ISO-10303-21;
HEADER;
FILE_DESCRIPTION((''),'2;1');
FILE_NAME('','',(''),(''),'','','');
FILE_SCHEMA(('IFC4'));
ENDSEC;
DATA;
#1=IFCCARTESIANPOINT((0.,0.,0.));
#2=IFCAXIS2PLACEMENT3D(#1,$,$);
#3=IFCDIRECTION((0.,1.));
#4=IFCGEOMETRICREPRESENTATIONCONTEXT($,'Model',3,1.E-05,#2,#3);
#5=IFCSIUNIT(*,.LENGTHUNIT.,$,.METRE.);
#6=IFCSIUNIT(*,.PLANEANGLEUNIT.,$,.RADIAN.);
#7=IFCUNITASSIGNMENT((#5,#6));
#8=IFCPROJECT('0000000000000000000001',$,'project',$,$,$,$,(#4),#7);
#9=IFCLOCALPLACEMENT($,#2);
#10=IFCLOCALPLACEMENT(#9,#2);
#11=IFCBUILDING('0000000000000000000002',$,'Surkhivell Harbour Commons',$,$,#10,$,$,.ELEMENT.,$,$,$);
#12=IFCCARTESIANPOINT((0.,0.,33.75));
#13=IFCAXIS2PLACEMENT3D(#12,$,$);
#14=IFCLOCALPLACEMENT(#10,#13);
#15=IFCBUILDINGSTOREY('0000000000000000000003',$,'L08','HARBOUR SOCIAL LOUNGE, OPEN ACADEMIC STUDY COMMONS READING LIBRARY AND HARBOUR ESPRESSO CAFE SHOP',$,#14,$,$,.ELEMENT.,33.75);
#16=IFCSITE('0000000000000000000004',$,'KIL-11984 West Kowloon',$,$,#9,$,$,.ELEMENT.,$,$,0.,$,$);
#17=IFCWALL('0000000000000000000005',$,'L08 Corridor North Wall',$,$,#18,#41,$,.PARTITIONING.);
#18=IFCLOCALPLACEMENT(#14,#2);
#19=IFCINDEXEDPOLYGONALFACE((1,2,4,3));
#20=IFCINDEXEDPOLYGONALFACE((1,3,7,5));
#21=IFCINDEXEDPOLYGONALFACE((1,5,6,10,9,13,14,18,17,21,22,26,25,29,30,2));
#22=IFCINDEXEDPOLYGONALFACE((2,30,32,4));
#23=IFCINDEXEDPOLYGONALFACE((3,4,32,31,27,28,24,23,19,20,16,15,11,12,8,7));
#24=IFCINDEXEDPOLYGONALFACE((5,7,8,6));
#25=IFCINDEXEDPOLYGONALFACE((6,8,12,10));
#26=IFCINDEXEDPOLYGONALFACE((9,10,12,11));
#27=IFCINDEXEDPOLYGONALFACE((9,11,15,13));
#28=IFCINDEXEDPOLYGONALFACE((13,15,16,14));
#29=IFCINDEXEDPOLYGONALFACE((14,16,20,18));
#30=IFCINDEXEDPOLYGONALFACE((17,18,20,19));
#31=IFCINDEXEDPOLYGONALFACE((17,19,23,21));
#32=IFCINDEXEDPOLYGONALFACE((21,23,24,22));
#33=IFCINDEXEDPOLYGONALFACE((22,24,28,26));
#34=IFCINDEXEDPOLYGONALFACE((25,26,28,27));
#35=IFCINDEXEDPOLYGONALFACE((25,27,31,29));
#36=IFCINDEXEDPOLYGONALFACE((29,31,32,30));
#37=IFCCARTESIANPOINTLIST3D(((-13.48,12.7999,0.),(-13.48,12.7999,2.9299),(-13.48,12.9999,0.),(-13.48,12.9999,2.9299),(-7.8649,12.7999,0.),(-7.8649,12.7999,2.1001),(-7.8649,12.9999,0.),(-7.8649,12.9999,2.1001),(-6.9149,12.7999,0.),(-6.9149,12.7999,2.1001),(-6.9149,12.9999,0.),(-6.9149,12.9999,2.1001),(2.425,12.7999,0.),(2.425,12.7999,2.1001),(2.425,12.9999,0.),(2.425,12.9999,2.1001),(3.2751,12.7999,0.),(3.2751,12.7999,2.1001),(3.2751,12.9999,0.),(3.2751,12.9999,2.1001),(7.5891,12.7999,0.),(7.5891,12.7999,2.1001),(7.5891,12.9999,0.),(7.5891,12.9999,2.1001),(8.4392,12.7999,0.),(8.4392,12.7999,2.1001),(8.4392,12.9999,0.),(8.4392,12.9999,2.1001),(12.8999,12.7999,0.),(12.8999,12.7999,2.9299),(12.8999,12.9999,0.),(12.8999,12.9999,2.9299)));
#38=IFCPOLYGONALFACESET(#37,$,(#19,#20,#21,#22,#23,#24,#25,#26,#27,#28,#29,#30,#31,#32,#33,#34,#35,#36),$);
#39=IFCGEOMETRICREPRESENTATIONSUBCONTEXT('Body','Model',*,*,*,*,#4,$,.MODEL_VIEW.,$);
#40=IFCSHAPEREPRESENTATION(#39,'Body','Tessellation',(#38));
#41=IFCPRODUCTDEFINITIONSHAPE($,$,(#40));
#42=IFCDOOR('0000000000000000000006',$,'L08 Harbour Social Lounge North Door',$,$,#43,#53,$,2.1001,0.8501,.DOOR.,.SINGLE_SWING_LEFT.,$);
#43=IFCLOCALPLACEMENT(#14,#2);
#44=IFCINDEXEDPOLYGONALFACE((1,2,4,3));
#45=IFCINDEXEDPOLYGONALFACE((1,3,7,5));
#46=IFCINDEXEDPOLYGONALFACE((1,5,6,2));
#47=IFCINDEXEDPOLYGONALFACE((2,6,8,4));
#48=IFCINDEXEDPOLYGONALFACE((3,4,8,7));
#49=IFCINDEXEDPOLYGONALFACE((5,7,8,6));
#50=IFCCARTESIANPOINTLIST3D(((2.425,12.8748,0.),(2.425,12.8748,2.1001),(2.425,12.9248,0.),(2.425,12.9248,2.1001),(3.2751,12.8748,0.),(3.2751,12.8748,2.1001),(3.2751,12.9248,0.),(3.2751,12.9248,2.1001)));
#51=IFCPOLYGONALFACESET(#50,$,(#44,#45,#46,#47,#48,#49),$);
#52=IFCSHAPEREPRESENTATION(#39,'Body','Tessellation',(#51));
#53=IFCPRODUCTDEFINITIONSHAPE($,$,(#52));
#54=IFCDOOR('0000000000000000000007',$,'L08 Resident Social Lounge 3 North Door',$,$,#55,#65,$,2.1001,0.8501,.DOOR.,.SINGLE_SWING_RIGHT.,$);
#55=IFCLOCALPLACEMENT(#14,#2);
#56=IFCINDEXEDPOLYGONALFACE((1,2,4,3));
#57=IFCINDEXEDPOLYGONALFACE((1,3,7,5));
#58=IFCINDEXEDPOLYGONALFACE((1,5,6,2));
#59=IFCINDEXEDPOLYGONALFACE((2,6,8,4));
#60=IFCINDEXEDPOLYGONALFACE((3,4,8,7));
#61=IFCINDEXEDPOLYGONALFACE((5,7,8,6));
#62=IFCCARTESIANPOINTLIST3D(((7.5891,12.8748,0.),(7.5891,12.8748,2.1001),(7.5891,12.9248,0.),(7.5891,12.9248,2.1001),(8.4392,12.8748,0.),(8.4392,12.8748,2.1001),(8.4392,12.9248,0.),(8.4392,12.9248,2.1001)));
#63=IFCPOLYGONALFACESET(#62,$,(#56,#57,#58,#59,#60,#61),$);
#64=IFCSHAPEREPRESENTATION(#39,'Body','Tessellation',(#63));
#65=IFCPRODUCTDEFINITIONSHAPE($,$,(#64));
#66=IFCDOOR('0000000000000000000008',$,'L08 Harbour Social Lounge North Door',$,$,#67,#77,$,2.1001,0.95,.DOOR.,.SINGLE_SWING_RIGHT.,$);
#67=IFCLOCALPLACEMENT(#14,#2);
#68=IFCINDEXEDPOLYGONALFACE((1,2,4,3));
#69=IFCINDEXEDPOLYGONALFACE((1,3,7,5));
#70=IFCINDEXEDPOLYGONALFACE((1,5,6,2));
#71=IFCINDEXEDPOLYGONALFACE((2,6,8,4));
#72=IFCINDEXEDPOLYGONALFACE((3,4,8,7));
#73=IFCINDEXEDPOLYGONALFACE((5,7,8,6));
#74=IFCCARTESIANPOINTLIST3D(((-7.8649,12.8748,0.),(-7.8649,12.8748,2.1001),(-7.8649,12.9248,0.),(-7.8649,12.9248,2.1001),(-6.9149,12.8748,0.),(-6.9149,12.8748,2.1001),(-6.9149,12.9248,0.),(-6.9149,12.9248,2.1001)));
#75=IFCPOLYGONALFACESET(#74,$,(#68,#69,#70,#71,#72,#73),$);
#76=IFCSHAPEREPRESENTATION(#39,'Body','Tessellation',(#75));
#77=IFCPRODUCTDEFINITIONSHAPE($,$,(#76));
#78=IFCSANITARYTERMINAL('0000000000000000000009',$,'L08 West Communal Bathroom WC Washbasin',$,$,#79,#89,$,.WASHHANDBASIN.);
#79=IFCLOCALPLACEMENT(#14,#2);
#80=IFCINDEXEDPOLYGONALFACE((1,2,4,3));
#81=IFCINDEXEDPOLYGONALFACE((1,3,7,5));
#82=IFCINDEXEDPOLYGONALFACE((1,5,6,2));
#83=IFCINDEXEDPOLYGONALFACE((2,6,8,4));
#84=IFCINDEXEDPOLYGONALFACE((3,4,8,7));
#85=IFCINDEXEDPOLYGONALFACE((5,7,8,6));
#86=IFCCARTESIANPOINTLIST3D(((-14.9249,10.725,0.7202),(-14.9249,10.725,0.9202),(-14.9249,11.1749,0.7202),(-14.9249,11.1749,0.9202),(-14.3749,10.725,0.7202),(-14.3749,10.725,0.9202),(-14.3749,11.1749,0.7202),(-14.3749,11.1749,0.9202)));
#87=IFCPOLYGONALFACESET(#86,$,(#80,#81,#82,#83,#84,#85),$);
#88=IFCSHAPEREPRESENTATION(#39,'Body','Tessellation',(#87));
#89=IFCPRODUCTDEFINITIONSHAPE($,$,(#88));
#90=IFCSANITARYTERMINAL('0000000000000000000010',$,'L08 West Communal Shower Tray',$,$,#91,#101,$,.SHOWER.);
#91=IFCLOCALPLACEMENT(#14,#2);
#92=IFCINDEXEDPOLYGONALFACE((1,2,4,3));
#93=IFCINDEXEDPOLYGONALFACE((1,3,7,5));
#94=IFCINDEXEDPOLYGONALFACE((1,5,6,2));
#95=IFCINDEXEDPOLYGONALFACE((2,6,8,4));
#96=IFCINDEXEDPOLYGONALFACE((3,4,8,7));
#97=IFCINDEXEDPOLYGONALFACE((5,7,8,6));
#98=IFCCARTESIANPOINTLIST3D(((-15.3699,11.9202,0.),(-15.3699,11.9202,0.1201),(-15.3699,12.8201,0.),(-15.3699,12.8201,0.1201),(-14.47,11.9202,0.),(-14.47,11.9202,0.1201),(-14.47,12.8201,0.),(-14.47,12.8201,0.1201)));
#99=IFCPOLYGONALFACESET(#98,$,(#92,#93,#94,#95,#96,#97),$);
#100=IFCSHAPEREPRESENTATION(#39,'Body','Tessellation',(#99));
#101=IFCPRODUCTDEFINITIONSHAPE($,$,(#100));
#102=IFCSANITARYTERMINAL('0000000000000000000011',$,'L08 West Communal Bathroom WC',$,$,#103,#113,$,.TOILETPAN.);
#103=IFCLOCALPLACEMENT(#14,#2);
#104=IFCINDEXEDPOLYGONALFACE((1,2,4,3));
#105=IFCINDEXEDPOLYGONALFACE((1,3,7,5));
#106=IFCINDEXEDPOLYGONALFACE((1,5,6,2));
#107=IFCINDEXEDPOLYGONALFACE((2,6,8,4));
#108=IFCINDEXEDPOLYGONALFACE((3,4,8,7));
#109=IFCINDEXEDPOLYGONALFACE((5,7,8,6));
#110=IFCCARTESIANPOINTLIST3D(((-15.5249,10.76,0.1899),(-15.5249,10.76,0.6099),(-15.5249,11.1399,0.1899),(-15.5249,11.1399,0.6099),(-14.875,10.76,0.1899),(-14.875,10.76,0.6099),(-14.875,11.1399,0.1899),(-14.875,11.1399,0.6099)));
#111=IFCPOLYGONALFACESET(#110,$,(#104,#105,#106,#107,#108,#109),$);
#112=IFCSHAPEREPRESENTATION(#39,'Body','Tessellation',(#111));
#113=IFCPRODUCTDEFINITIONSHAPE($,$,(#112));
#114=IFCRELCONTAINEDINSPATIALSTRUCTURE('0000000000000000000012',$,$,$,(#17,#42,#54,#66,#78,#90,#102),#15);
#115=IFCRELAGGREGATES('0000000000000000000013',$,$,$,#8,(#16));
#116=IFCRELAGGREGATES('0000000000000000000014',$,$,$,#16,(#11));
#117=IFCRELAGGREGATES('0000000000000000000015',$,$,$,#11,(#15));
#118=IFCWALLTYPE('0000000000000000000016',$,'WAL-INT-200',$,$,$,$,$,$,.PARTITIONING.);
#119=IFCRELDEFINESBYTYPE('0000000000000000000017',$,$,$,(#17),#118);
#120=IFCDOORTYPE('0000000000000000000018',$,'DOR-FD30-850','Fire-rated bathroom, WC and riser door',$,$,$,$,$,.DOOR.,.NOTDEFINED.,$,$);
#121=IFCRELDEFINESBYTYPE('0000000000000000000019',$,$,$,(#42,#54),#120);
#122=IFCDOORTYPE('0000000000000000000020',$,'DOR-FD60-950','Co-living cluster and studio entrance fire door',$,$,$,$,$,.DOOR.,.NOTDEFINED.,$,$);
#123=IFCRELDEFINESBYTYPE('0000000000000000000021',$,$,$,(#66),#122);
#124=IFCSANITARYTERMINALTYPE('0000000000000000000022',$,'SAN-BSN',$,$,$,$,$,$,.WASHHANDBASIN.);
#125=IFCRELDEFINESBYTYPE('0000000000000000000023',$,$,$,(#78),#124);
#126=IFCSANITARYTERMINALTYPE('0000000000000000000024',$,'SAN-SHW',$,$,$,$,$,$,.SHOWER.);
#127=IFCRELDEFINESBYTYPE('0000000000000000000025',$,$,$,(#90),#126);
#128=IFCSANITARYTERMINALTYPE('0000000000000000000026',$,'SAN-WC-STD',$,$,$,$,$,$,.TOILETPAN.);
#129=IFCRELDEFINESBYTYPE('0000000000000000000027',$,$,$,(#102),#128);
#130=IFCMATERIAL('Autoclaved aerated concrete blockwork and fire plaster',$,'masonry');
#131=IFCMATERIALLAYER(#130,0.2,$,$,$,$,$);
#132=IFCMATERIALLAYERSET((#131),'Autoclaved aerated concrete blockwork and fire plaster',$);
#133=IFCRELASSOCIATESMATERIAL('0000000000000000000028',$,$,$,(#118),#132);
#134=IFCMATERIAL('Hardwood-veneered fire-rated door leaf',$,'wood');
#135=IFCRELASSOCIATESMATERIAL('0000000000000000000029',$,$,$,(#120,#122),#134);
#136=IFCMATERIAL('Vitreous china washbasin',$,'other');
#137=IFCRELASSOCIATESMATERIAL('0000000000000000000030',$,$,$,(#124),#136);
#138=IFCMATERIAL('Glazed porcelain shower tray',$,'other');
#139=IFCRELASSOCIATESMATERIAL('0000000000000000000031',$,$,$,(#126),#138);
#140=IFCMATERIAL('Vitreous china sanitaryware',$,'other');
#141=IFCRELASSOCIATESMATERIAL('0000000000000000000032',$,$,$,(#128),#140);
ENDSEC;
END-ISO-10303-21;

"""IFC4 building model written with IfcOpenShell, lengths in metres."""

from ifc_helpers import new_model, si_unit, direction, frame, frame_2d, origin, origin_2d, place, context, subcontext, project, spatial, rectangle, extrude, material, layer, layer_set, type_object, element, fill, save


model = new_model("IFC4")

# Units and contexts
model_context = context("Model", 3, precision=1e-05, world=origin(), true_north=direction((0.0, 1.0)))
body_context = subcontext(model_context, "Body", "Model", "MODEL_VIEW")
ifc_project = project(units=[si_unit("LENGTHUNIT", "METRE"), si_unit("PLANEANGLEUNIT", "RADIAN")], contexts=[model_context])

# Site, building, storey
site_placement = place(None, origin())
site = spatial("IfcSite", under=ifc_project, at=site_placement, Name="KIL-11984 West Kowloon", CompositionType="ELEMENT", RefElevation=0.0)
building_placement = place(site_placement, origin())
building = spatial("IfcBuilding", under=site, at=building_placement, Name="Surkhivell Harbour Commons", CompositionType="ELEMENT")
storey_placement = place(building_placement, frame((0.0, 0.0, 33.75)))
storey = spatial("IfcBuildingStorey", under=building, at=storey_placement, Name="L08", Description="HARBOUR SOCIAL LOUNGE, OPEN ACADEMIC STUDY COMMONS READING LIBRARY AND HARBOUR ESPRESSO CAFE SHOP", CompositionType="ELEMENT", Elevation=33.75)

# Shared definitions
ifc_material_1 = material(Name="Hardwood-veneered fire-rated door leaf", Category="wood")

# Shared definitions
ifc_material_2 = material(Name="Autoclaved aerated concrete blockwork and fire plaster", Category="masonry")
ifc_layer_1 = layer(ifc_material_2, 0.2)
ifc_layer_set_1 = layer_set([ifc_layer_1], Name="Autoclaved aerated concrete blockwork and fire plaster")
wall_type_1 = type_object("IfcWallType", Name="WAL-INT-200", PredefinedType="PARTITIONING", material=ifc_layer_set_1)

# Wall, openings, doors
wall_1_placement = place(storey_placement, frame((-13.48, 12.8999, 0.0), z_axis=(0.0, 0.0, 1.0), x_axis=(1.0, 0.0, 0.0)))
wall_1 = element("IfcWall", 1, at=wall_1_placement, inside=storey, type_object=wall_type_1, Name="L08 Corridor North Wall", PredefinedType="PARTITIONING", context=body_context, shape_type="SweptSolid", body=[
    extrude(rectangle(XDim=26.3799, YDim=0.2, at=frame_2d((13.1899, 0.0))), origin(), (0.0, 0.0, 1.0), 2.9299),
])
opening_1_placement = place(wall_1_placement, frame((5.615, 0.0, 0.0)))
opening_1 = element("IfcOpeningElement", 2, at=opening_1_placement, cuts=wall_1, PredefinedType="OPENING", context=body_context, shape_type="SweptSolid", body=[
    extrude(rectangle(XDim=0.95, YDim=2.1001, at=frame_2d((0.4751, 1.05))), frame((0.0, 0.1099, 0.0), z_axis=(0.0, -1.0, 0.0), x_axis=(1.0, 0.0, 0.0)), (0.0, 0.0, 1.0), 0.22),
])
opening_2_placement = place(wall_1_placement, frame((15.905, 0.0, 0.0)))
opening_2 = element("IfcOpeningElement", 3, at=opening_2_placement, cuts=wall_1, PredefinedType="OPENING", context=body_context, shape_type="SweptSolid", body=[
    extrude(rectangle(XDim=0.8501, YDim=2.1001, at=frame_2d((0.425, 1.05))), frame((0.0, 0.1099, 0.0), z_axis=(0.0, -1.0, 0.0), x_axis=(1.0, 0.0, 0.0)), (0.0, 0.0, 1.0), 0.22),
])
opening_3_placement = place(wall_1_placement, frame((21.0691, 0.0, 0.0)))
opening_3 = element("IfcOpeningElement", 4, at=opening_3_placement, cuts=wall_1, PredefinedType="OPENING", context=body_context, shape_type="SweptSolid", body=[
    extrude(rectangle(XDim=0.8501, YDim=2.1001, at=frame_2d((0.425, 1.05))), frame((0.0, 0.1099, 0.0), z_axis=(0.0, -1.0, 0.0), x_axis=(1.0, 0.0, 0.0)), (0.0, 0.0, 1.0), 0.22),
])
door_type_1 = type_object("IfcDoorType", Name="DOR-FD30-850", Description="Fire-rated bathroom, WC and riser door", OperationType="NOTDEFINED", PredefinedType="DOOR", material=ifc_material_1)
door_1_placement = place(opening_2_placement, origin())
door_1 = element("IfcDoor", 5, at=door_1_placement, inside=storey, type_object=door_type_1, Name="L08 Harbour Social Lounge North Door", OperationType="SINGLE_SWING_LEFT", OverallHeight=2.1001, OverallWidth=0.8501, PredefinedType="DOOR", context=body_context, shape_type="SweptSolid", body=[
    extrude(rectangle(XDim=0.8501, YDim=2.1001, at=frame_2d((0.425, 1.05))), frame((0.0, 0.0249, 0.0), z_axis=(0.0, -1.0, 0.0), x_axis=(1.0, 0.0, 0.0)), (0.0, 0.0, 1.0), 0.05),
])
fill(opening_2, door_1)
door_2_placement = place(opening_3_placement, origin())
door_2 = element("IfcDoor", 6, at=door_2_placement, inside=storey, type_object=door_type_1, Name="L08 Resident Social Lounge 3 North Door", OperationType="SINGLE_SWING_RIGHT", OverallHeight=2.1001, OverallWidth=0.8501, PredefinedType="DOOR", context=body_context, shape_type="SweptSolid", body=[
    extrude(rectangle(XDim=0.8501, YDim=2.1001, at=frame_2d((0.425, 1.05))), frame((0.0, 0.0249, 0.0), z_axis=(0.0, -1.0, 0.0), x_axis=(1.0, 0.0, 0.0)), (0.0, 0.0, 1.0), 0.05),
])
fill(opening_3, door_2)
door_type_2 = type_object("IfcDoorType", Name="DOR-FD60-950", Description="Co-living cluster and studio entrance fire door", OperationType="NOTDEFINED", PredefinedType="DOOR", material=ifc_material_1)
door_3_placement = place(opening_1_placement, origin())
door_3 = element("IfcDoor", 7, at=door_3_placement, inside=storey, type_object=door_type_2, Name="L08 Harbour Social Lounge North Door", OperationType="SINGLE_SWING_RIGHT", OverallHeight=2.1001, OverallWidth=0.95, PredefinedType="DOOR", context=body_context, shape_type="SweptSolid", body=[
    extrude(rectangle(XDim=0.95, YDim=2.1001, at=frame_2d((0.4751, 1.05))), frame((0.0, 0.0249, 0.0), z_axis=(0.0, -1.0, 0.0), x_axis=(1.0, 0.0, 0.0)), (0.0, 0.0, 1.0), 0.05),
])
fill(opening_1, door_3)

# Sanitary terminals
ifc_material_3 = material(Name="Vitreous china washbasin", Category="other")
sanitary_terminal_type_1 = type_object("IfcSanitaryTerminalType", Name="SAN-BSN", PredefinedType="WASHHANDBASIN", material=ifc_material_3)
sanitary_terminal_1_placement = place(storey_placement, frame((-14.6499, 10.95, 0.7202), z_axis=(0.0, 0.0, 1.0), x_axis=(1.0, 0.0, 0.0)))
element("IfcSanitaryTerminal", 8, at=sanitary_terminal_1_placement, inside=storey, type_object=sanitary_terminal_type_1, Name="L08 West Communal Bathroom WC Washbasin", PredefinedType="WASHHANDBASIN", context=body_context, shape_type="SweptSolid", body=[
    extrude(rectangle(XDim=0.55, YDim=0.45, at=origin_2d()), origin(), (0.0, 0.0, 1.0), 0.2),
])
ifc_material_4 = material(Name="Glazed porcelain shower tray", Category="other")
sanitary_terminal_type_2 = type_object("IfcSanitaryTerminalType", Name="SAN-SHW", PredefinedType="SHOWER", material=ifc_material_4)
sanitary_terminal_2_placement = place(storey_placement, frame((-14.9199, 12.3701, 0.0), z_axis=(0.0, 0.0, 1.0), x_axis=(1.0, 0.0, 0.0)))
element("IfcSanitaryTerminal", 9, at=sanitary_terminal_2_placement, inside=storey, type_object=sanitary_terminal_type_2, Name="L08 West Communal Shower Tray", PredefinedType="SHOWER", context=body_context, shape_type="SweptSolid", body=[
    extrude(rectangle(XDim=0.8999, YDim=0.8999, at=origin_2d()), origin(), (0.0, 0.0, 1.0), 0.1201),
])
ifc_material_5 = material(Name="Vitreous china sanitaryware", Category="other")
sanitary_terminal_type_3 = type_object("IfcSanitaryTerminalType", Name="SAN-WC-STD", PredefinedType="TOILETPAN", material=ifc_material_5)
sanitary_terminal_3_placement = place(storey_placement, frame((-15.2, 10.95, 0.1899), z_axis=(0.0, 0.0, 1.0), x_axis=(1.0, 0.0, 0.0)))
element("IfcSanitaryTerminal", 10, at=sanitary_terminal_3_placement, inside=storey, type_object=sanitary_terminal_type_3, Name="L08 West Communal Bathroom WC", PredefinedType="TOILETPAN", context=body_context, shape_type="SweptSolid", body=[
    extrude(rectangle(XDim=0.6499, YDim=0.3799, at=origin_2d()), origin(), (0.0, 0.0, 1.0), 0.4199),
])

save(model, "model.ifc")
